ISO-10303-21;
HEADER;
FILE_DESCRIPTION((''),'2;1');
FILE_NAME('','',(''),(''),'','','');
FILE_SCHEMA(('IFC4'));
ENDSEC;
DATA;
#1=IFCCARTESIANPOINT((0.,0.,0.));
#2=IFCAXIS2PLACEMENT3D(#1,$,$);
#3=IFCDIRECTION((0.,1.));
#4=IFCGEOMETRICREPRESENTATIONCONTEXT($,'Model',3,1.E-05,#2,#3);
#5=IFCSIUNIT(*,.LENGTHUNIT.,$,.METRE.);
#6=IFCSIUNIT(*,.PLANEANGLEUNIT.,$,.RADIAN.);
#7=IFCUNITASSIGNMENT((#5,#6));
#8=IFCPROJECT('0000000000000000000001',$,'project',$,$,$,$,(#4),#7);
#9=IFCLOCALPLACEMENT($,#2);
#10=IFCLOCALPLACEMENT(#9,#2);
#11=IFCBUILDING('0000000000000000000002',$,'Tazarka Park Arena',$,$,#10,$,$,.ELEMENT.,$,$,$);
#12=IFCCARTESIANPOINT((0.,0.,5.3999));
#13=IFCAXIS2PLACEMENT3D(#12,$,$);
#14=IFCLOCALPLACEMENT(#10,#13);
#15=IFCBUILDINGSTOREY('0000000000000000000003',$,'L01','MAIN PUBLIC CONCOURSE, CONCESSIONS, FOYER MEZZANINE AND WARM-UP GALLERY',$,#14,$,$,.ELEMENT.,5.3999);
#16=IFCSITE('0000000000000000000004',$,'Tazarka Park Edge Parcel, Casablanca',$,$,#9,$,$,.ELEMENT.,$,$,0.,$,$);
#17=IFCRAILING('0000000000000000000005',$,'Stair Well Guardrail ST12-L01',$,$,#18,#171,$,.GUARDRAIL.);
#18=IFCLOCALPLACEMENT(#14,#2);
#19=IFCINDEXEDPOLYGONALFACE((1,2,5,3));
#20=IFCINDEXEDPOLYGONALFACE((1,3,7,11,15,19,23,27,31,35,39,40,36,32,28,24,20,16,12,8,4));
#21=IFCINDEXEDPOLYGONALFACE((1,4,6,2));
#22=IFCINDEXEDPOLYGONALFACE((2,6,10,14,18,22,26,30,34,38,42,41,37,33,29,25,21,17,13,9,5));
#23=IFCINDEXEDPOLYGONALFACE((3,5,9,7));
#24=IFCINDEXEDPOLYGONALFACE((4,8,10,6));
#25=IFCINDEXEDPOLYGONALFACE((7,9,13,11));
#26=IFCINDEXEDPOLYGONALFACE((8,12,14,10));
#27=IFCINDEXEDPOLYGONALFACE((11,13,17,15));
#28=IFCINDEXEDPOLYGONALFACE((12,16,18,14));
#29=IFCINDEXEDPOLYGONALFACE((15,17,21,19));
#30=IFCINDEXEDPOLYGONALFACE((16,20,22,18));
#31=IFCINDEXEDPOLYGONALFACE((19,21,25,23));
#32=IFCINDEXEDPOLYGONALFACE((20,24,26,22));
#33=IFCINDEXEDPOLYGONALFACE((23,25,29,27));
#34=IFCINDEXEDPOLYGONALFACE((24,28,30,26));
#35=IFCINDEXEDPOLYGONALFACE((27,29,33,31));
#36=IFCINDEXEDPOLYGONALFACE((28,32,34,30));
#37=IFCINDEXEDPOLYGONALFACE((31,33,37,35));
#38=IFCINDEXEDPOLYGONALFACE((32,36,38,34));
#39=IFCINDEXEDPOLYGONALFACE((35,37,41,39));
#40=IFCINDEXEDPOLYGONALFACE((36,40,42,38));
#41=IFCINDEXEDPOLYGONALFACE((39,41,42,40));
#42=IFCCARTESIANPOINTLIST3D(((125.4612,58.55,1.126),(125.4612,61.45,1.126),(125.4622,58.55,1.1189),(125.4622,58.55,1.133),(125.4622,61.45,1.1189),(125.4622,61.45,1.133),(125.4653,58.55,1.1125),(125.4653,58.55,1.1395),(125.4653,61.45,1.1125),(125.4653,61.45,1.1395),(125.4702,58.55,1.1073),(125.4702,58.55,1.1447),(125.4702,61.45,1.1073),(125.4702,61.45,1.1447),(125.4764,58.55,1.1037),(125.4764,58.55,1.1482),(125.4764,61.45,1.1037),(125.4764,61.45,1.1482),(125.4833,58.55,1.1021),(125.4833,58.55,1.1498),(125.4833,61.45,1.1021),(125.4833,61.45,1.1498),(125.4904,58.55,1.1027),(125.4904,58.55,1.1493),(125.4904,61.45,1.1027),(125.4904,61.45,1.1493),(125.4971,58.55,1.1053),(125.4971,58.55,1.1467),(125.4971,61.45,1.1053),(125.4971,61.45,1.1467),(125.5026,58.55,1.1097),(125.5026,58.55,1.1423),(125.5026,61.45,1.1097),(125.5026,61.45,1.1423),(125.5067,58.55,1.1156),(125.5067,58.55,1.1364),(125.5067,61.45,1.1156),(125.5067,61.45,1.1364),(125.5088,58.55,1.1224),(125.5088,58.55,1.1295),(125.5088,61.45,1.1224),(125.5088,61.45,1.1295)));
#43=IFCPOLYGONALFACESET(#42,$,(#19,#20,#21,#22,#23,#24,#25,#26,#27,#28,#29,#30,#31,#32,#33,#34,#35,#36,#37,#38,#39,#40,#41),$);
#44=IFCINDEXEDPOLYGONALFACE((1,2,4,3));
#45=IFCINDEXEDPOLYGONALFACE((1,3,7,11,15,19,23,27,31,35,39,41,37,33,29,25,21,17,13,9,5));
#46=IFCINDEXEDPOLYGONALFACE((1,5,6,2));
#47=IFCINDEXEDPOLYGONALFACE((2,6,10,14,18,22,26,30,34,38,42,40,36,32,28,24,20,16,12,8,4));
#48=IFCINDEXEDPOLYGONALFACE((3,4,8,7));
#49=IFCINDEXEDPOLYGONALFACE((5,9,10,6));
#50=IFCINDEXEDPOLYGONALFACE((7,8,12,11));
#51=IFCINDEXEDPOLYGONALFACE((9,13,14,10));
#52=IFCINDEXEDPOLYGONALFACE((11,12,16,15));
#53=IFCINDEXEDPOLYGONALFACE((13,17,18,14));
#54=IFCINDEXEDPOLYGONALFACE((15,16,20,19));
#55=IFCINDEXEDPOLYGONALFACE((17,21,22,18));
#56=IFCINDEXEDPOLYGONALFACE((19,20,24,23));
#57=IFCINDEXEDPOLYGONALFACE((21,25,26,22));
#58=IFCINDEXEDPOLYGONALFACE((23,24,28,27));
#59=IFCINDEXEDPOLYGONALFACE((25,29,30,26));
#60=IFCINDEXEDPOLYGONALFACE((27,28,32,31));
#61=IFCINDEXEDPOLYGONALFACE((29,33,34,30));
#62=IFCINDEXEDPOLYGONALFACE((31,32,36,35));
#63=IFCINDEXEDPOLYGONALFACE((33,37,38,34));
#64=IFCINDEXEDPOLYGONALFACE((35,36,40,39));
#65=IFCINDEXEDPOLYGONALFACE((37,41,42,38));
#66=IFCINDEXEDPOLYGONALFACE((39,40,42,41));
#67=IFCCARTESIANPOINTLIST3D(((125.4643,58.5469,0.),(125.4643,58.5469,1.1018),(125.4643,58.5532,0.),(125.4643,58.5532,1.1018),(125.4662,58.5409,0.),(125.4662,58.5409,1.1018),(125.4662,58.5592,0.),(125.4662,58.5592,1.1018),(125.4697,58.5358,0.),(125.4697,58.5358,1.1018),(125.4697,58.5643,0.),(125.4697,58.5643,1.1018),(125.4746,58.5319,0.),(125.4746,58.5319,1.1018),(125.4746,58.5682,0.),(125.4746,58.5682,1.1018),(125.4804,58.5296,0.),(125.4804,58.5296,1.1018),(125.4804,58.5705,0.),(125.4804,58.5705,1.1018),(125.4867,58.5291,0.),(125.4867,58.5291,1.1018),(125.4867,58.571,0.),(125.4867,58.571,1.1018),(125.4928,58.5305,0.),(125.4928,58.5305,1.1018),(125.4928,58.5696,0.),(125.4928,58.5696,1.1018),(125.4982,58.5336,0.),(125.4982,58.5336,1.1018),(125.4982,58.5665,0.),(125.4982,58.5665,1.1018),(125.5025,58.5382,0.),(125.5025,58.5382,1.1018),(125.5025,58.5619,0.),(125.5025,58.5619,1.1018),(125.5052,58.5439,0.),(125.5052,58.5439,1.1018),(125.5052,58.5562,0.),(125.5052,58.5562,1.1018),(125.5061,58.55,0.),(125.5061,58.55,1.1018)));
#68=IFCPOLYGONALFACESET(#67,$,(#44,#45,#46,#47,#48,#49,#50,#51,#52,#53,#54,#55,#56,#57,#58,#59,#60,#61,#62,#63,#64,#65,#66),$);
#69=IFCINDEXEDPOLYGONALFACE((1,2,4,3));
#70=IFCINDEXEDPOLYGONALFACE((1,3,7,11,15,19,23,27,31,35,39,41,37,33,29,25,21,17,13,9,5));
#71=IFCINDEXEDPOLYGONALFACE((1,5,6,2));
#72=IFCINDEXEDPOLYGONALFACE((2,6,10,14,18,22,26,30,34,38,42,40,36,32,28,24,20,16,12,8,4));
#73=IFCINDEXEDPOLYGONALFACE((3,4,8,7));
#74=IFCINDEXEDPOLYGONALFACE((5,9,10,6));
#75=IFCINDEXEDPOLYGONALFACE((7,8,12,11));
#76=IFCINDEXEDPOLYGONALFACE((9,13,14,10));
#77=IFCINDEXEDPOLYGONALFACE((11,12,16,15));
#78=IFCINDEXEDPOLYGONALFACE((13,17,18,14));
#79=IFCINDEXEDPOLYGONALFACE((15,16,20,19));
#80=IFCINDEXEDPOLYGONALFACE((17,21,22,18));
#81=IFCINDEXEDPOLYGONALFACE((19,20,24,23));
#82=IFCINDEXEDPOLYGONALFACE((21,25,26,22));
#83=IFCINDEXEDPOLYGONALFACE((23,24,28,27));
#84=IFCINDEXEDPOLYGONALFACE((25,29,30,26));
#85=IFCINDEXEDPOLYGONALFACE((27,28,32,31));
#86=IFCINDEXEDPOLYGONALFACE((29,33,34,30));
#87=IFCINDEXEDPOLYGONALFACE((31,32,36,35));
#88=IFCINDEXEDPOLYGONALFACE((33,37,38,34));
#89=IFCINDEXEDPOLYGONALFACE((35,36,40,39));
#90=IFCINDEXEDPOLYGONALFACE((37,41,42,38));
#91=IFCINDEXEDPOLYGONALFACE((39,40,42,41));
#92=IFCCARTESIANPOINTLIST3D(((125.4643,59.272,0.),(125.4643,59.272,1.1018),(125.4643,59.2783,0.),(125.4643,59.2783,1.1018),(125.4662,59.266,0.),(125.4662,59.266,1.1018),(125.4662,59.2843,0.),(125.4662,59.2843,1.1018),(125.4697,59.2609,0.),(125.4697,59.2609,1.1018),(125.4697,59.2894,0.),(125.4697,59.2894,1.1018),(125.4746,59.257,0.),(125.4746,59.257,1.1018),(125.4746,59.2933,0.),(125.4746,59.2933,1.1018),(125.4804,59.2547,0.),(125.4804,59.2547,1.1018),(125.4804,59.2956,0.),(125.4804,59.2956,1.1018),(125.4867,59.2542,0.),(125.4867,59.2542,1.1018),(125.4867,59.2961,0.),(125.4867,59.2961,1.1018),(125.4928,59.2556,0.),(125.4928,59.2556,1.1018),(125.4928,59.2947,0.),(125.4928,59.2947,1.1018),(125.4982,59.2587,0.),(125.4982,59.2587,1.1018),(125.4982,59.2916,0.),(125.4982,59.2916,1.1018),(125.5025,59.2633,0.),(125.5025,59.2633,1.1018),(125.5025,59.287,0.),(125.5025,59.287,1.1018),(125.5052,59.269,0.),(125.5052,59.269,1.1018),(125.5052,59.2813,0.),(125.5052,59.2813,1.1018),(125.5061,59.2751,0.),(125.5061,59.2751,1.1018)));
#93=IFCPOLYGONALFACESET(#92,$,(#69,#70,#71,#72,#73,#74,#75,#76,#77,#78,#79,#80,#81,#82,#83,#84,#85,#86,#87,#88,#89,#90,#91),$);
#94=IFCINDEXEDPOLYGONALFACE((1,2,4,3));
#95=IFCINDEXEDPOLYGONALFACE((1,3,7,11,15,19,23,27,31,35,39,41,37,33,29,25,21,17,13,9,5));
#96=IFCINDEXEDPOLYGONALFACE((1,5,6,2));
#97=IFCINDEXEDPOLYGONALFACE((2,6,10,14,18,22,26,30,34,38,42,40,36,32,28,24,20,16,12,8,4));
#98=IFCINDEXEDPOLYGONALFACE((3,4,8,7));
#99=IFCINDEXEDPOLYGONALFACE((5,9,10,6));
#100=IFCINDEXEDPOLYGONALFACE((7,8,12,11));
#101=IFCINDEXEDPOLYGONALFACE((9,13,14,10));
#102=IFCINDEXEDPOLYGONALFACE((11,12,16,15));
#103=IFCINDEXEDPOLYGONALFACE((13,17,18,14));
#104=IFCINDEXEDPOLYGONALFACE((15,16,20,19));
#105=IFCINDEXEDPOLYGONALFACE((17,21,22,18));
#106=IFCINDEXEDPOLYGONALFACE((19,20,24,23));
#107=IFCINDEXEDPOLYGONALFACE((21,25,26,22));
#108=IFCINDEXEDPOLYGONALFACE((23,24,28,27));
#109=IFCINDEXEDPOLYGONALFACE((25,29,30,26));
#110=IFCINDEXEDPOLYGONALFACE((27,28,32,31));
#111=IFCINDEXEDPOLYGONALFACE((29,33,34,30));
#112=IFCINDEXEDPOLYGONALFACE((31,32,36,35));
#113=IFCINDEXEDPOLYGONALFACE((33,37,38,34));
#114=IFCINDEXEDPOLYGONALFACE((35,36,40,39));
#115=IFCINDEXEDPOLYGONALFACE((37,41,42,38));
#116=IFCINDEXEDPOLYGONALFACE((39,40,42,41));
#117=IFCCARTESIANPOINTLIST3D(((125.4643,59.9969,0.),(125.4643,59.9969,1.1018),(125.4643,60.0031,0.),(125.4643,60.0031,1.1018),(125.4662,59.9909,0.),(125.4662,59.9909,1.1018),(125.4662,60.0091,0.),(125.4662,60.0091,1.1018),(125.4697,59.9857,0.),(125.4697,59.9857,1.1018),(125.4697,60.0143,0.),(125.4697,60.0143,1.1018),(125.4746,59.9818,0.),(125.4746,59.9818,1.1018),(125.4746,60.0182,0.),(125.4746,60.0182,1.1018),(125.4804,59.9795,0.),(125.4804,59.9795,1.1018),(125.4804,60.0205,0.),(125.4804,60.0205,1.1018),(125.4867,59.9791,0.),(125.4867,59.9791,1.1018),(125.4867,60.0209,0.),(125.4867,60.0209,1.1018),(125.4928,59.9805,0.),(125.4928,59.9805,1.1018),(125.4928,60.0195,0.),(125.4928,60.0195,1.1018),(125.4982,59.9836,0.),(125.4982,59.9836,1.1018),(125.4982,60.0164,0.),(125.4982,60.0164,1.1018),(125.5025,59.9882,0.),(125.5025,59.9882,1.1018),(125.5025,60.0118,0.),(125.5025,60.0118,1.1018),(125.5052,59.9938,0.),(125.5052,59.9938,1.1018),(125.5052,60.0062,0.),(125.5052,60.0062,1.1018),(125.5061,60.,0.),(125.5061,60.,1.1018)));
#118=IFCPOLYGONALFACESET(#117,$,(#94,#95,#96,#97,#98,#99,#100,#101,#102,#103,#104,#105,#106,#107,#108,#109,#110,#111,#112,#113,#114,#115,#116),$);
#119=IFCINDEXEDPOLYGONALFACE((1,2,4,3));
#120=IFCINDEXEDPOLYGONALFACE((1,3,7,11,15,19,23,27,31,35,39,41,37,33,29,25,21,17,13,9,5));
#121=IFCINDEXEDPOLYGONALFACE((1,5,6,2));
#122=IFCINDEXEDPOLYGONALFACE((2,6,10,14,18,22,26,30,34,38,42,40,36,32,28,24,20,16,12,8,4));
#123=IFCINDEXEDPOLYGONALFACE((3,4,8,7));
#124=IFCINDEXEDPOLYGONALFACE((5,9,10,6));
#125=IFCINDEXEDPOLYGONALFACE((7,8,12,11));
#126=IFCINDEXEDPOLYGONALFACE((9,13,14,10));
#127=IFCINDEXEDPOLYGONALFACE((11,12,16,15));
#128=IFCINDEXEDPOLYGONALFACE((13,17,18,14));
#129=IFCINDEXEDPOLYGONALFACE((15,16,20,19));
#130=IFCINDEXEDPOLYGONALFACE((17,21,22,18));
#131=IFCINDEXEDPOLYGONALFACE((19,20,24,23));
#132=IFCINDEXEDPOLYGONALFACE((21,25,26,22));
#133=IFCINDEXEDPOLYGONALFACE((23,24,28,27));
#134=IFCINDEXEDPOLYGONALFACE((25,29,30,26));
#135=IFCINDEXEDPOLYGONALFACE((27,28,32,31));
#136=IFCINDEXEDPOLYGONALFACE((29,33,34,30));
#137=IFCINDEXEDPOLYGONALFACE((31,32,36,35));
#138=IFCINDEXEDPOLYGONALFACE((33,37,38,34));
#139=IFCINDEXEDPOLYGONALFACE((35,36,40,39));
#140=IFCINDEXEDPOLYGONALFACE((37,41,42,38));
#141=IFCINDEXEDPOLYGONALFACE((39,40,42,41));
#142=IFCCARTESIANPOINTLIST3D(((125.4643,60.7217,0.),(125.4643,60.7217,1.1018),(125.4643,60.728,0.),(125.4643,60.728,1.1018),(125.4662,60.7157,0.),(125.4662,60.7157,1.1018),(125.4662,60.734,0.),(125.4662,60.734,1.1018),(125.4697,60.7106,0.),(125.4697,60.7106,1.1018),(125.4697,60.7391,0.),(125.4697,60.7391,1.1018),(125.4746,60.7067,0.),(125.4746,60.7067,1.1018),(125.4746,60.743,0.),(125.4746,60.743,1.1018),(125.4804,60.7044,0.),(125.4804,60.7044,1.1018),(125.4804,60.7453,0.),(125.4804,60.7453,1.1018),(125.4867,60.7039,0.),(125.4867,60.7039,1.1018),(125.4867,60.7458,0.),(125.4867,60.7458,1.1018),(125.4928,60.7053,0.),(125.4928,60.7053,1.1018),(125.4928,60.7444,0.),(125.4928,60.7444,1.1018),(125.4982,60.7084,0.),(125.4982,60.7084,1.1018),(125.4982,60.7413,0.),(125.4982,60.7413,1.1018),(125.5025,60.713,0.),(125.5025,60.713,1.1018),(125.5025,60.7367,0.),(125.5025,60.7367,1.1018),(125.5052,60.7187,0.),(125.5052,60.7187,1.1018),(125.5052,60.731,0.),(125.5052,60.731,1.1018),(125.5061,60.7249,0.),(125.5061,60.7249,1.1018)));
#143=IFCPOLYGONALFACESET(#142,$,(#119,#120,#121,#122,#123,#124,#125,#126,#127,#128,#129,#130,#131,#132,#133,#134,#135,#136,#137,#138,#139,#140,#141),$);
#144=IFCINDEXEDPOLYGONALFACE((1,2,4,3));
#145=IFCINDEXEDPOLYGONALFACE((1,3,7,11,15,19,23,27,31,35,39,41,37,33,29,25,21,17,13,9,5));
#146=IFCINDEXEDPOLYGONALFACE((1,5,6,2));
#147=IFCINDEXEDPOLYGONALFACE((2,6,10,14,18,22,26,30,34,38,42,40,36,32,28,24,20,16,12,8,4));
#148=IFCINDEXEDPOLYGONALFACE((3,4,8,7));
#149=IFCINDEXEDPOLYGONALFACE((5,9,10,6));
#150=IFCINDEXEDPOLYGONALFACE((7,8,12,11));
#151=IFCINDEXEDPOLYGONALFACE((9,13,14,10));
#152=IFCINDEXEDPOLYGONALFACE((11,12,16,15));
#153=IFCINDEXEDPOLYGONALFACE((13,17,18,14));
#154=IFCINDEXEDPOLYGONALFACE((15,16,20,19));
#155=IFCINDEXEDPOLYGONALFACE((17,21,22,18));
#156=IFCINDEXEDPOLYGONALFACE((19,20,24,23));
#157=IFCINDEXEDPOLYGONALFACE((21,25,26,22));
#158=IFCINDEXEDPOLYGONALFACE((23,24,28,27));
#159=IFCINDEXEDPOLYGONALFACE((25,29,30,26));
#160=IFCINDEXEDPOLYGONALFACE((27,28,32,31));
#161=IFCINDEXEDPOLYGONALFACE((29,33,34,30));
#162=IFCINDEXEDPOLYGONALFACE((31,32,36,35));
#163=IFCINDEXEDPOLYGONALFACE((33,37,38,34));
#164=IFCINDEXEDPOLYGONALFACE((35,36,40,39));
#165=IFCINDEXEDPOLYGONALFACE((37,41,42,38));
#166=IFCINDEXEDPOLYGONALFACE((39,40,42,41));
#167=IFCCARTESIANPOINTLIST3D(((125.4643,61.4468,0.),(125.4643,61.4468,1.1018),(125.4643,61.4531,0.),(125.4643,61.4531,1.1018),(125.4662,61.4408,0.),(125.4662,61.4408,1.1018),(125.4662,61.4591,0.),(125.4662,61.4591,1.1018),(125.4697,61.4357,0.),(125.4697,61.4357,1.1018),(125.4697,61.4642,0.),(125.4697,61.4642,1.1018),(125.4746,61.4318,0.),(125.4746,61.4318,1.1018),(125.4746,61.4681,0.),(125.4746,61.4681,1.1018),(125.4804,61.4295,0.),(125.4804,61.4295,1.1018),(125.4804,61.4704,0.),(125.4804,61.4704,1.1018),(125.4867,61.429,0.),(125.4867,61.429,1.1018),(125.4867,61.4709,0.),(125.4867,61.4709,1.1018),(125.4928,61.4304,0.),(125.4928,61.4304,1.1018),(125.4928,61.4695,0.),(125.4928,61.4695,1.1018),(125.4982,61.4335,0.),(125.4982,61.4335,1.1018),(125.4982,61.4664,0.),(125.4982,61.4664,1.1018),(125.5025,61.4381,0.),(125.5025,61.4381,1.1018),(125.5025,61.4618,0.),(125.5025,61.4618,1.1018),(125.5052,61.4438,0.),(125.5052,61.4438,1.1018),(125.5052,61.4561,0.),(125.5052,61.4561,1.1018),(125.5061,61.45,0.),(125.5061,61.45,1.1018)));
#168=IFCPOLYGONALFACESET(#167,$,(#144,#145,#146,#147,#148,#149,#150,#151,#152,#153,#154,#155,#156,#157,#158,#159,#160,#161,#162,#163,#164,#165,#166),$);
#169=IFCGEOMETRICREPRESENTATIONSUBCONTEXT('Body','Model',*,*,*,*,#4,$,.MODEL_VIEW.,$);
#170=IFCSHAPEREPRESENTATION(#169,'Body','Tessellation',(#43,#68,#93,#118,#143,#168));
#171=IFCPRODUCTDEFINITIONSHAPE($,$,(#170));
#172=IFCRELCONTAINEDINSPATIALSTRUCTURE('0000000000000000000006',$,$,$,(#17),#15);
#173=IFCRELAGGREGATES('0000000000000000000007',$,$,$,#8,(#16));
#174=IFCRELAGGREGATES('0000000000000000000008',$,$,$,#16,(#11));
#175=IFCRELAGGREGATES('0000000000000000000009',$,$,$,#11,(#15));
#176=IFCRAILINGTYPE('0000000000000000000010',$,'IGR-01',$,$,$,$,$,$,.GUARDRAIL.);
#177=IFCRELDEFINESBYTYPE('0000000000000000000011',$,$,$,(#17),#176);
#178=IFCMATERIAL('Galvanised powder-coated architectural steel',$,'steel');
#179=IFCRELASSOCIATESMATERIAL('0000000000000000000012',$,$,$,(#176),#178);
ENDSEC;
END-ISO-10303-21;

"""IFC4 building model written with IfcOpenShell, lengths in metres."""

from ifc_helpers import new_model, si_unit, direction, frame, origin, origin_2d, place, context, subcontext, project, spatial, circle, extrude, material, type_object, element, save


model = new_model("IFC4")

# Units and contexts
model_context = context("Model", 3, precision=1e-05, world=origin(), true_north=direction((0.0, 1.0)))
body_context = subcontext(model_context, "Body", "Model", "MODEL_VIEW")
ifc_project = project(units=[si_unit("LENGTHUNIT", "METRE"), si_unit("PLANEANGLEUNIT", "RADIAN")], contexts=[model_context])

# Site, building, storey
site_placement = place(None, origin())
site = spatial("IfcSite", under=ifc_project, at=site_placement, Name="Tazarka Park Edge Parcel, Casablanca", CompositionType="ELEMENT", RefElevation=0.0)
building_placement = place(site_placement, origin())
building = spatial("IfcBuilding", under=site, at=building_placement, Name="Tazarka Park Arena", CompositionType="ELEMENT")
storey_placement = place(building_placement, frame((0.0, 0.0, 5.3999)))
storey = spatial("IfcBuildingStorey", under=building, at=storey_placement, Name="L01", Description="MAIN PUBLIC CONCOURSE, CONCESSIONS, FOYER MEZZANINE AND WARM-UP GALLERY", CompositionType="ELEMENT", Elevation=5.3999)

# Railing
ifc_material_1 = material(Name="Galvanised powder-coated architectural steel", Category="steel")
railing_type_1 = type_object("IfcRailingType", Name="IGR-01", PredefinedType="GUARDRAIL", material=ifc_material_1)
for number, where, name in (
    (1, (125.4851, 58.55, 0.0), "Stair Well Guardrail ST12-L01"),
):
    element("IfcRailing", number, at=place(storey_placement, frame(where)), inside=storey, type_object=railing_type_1, Name=name, PredefinedType="GUARDRAIL", context=body_context, shape_type="SweptSolid", body=[
        extrude(circle(Radius=0.0239, at=origin_2d()), frame((0.0, 0.0, 1.126), z_axis=(0.0, 1.0, 0.0), x_axis=(-1.0, 0.0, 0.0)), (0.0, 0.0, 1.0), 2.8999),
        extrude(circle(Radius=0.021, at=origin_2d()), origin(), (0.0, 0.0, 1.0), 1.1018),
        extrude(circle(Radius=0.021, at=origin_2d()), frame((0.0, 0.7251, 0.0)), (0.0, 0.0, 1.0), 1.1018),
        extrude(circle(Radius=0.021, at=origin_2d()), frame((0.0, 1.45, 0.0)), (0.0, 0.0, 1.0), 1.1018),
        extrude(circle(Radius=0.021, at=origin_2d()), frame((0.0, 2.1748, 0.0)), (0.0, 0.0, 1.0), 1.1018),
        extrude(circle(Radius=0.021, at=origin_2d()), frame((0.0, 2.8999, 0.0)), (0.0, 0.0, 1.0), 1.1018),
    ])

save(model, "model.ifc")
